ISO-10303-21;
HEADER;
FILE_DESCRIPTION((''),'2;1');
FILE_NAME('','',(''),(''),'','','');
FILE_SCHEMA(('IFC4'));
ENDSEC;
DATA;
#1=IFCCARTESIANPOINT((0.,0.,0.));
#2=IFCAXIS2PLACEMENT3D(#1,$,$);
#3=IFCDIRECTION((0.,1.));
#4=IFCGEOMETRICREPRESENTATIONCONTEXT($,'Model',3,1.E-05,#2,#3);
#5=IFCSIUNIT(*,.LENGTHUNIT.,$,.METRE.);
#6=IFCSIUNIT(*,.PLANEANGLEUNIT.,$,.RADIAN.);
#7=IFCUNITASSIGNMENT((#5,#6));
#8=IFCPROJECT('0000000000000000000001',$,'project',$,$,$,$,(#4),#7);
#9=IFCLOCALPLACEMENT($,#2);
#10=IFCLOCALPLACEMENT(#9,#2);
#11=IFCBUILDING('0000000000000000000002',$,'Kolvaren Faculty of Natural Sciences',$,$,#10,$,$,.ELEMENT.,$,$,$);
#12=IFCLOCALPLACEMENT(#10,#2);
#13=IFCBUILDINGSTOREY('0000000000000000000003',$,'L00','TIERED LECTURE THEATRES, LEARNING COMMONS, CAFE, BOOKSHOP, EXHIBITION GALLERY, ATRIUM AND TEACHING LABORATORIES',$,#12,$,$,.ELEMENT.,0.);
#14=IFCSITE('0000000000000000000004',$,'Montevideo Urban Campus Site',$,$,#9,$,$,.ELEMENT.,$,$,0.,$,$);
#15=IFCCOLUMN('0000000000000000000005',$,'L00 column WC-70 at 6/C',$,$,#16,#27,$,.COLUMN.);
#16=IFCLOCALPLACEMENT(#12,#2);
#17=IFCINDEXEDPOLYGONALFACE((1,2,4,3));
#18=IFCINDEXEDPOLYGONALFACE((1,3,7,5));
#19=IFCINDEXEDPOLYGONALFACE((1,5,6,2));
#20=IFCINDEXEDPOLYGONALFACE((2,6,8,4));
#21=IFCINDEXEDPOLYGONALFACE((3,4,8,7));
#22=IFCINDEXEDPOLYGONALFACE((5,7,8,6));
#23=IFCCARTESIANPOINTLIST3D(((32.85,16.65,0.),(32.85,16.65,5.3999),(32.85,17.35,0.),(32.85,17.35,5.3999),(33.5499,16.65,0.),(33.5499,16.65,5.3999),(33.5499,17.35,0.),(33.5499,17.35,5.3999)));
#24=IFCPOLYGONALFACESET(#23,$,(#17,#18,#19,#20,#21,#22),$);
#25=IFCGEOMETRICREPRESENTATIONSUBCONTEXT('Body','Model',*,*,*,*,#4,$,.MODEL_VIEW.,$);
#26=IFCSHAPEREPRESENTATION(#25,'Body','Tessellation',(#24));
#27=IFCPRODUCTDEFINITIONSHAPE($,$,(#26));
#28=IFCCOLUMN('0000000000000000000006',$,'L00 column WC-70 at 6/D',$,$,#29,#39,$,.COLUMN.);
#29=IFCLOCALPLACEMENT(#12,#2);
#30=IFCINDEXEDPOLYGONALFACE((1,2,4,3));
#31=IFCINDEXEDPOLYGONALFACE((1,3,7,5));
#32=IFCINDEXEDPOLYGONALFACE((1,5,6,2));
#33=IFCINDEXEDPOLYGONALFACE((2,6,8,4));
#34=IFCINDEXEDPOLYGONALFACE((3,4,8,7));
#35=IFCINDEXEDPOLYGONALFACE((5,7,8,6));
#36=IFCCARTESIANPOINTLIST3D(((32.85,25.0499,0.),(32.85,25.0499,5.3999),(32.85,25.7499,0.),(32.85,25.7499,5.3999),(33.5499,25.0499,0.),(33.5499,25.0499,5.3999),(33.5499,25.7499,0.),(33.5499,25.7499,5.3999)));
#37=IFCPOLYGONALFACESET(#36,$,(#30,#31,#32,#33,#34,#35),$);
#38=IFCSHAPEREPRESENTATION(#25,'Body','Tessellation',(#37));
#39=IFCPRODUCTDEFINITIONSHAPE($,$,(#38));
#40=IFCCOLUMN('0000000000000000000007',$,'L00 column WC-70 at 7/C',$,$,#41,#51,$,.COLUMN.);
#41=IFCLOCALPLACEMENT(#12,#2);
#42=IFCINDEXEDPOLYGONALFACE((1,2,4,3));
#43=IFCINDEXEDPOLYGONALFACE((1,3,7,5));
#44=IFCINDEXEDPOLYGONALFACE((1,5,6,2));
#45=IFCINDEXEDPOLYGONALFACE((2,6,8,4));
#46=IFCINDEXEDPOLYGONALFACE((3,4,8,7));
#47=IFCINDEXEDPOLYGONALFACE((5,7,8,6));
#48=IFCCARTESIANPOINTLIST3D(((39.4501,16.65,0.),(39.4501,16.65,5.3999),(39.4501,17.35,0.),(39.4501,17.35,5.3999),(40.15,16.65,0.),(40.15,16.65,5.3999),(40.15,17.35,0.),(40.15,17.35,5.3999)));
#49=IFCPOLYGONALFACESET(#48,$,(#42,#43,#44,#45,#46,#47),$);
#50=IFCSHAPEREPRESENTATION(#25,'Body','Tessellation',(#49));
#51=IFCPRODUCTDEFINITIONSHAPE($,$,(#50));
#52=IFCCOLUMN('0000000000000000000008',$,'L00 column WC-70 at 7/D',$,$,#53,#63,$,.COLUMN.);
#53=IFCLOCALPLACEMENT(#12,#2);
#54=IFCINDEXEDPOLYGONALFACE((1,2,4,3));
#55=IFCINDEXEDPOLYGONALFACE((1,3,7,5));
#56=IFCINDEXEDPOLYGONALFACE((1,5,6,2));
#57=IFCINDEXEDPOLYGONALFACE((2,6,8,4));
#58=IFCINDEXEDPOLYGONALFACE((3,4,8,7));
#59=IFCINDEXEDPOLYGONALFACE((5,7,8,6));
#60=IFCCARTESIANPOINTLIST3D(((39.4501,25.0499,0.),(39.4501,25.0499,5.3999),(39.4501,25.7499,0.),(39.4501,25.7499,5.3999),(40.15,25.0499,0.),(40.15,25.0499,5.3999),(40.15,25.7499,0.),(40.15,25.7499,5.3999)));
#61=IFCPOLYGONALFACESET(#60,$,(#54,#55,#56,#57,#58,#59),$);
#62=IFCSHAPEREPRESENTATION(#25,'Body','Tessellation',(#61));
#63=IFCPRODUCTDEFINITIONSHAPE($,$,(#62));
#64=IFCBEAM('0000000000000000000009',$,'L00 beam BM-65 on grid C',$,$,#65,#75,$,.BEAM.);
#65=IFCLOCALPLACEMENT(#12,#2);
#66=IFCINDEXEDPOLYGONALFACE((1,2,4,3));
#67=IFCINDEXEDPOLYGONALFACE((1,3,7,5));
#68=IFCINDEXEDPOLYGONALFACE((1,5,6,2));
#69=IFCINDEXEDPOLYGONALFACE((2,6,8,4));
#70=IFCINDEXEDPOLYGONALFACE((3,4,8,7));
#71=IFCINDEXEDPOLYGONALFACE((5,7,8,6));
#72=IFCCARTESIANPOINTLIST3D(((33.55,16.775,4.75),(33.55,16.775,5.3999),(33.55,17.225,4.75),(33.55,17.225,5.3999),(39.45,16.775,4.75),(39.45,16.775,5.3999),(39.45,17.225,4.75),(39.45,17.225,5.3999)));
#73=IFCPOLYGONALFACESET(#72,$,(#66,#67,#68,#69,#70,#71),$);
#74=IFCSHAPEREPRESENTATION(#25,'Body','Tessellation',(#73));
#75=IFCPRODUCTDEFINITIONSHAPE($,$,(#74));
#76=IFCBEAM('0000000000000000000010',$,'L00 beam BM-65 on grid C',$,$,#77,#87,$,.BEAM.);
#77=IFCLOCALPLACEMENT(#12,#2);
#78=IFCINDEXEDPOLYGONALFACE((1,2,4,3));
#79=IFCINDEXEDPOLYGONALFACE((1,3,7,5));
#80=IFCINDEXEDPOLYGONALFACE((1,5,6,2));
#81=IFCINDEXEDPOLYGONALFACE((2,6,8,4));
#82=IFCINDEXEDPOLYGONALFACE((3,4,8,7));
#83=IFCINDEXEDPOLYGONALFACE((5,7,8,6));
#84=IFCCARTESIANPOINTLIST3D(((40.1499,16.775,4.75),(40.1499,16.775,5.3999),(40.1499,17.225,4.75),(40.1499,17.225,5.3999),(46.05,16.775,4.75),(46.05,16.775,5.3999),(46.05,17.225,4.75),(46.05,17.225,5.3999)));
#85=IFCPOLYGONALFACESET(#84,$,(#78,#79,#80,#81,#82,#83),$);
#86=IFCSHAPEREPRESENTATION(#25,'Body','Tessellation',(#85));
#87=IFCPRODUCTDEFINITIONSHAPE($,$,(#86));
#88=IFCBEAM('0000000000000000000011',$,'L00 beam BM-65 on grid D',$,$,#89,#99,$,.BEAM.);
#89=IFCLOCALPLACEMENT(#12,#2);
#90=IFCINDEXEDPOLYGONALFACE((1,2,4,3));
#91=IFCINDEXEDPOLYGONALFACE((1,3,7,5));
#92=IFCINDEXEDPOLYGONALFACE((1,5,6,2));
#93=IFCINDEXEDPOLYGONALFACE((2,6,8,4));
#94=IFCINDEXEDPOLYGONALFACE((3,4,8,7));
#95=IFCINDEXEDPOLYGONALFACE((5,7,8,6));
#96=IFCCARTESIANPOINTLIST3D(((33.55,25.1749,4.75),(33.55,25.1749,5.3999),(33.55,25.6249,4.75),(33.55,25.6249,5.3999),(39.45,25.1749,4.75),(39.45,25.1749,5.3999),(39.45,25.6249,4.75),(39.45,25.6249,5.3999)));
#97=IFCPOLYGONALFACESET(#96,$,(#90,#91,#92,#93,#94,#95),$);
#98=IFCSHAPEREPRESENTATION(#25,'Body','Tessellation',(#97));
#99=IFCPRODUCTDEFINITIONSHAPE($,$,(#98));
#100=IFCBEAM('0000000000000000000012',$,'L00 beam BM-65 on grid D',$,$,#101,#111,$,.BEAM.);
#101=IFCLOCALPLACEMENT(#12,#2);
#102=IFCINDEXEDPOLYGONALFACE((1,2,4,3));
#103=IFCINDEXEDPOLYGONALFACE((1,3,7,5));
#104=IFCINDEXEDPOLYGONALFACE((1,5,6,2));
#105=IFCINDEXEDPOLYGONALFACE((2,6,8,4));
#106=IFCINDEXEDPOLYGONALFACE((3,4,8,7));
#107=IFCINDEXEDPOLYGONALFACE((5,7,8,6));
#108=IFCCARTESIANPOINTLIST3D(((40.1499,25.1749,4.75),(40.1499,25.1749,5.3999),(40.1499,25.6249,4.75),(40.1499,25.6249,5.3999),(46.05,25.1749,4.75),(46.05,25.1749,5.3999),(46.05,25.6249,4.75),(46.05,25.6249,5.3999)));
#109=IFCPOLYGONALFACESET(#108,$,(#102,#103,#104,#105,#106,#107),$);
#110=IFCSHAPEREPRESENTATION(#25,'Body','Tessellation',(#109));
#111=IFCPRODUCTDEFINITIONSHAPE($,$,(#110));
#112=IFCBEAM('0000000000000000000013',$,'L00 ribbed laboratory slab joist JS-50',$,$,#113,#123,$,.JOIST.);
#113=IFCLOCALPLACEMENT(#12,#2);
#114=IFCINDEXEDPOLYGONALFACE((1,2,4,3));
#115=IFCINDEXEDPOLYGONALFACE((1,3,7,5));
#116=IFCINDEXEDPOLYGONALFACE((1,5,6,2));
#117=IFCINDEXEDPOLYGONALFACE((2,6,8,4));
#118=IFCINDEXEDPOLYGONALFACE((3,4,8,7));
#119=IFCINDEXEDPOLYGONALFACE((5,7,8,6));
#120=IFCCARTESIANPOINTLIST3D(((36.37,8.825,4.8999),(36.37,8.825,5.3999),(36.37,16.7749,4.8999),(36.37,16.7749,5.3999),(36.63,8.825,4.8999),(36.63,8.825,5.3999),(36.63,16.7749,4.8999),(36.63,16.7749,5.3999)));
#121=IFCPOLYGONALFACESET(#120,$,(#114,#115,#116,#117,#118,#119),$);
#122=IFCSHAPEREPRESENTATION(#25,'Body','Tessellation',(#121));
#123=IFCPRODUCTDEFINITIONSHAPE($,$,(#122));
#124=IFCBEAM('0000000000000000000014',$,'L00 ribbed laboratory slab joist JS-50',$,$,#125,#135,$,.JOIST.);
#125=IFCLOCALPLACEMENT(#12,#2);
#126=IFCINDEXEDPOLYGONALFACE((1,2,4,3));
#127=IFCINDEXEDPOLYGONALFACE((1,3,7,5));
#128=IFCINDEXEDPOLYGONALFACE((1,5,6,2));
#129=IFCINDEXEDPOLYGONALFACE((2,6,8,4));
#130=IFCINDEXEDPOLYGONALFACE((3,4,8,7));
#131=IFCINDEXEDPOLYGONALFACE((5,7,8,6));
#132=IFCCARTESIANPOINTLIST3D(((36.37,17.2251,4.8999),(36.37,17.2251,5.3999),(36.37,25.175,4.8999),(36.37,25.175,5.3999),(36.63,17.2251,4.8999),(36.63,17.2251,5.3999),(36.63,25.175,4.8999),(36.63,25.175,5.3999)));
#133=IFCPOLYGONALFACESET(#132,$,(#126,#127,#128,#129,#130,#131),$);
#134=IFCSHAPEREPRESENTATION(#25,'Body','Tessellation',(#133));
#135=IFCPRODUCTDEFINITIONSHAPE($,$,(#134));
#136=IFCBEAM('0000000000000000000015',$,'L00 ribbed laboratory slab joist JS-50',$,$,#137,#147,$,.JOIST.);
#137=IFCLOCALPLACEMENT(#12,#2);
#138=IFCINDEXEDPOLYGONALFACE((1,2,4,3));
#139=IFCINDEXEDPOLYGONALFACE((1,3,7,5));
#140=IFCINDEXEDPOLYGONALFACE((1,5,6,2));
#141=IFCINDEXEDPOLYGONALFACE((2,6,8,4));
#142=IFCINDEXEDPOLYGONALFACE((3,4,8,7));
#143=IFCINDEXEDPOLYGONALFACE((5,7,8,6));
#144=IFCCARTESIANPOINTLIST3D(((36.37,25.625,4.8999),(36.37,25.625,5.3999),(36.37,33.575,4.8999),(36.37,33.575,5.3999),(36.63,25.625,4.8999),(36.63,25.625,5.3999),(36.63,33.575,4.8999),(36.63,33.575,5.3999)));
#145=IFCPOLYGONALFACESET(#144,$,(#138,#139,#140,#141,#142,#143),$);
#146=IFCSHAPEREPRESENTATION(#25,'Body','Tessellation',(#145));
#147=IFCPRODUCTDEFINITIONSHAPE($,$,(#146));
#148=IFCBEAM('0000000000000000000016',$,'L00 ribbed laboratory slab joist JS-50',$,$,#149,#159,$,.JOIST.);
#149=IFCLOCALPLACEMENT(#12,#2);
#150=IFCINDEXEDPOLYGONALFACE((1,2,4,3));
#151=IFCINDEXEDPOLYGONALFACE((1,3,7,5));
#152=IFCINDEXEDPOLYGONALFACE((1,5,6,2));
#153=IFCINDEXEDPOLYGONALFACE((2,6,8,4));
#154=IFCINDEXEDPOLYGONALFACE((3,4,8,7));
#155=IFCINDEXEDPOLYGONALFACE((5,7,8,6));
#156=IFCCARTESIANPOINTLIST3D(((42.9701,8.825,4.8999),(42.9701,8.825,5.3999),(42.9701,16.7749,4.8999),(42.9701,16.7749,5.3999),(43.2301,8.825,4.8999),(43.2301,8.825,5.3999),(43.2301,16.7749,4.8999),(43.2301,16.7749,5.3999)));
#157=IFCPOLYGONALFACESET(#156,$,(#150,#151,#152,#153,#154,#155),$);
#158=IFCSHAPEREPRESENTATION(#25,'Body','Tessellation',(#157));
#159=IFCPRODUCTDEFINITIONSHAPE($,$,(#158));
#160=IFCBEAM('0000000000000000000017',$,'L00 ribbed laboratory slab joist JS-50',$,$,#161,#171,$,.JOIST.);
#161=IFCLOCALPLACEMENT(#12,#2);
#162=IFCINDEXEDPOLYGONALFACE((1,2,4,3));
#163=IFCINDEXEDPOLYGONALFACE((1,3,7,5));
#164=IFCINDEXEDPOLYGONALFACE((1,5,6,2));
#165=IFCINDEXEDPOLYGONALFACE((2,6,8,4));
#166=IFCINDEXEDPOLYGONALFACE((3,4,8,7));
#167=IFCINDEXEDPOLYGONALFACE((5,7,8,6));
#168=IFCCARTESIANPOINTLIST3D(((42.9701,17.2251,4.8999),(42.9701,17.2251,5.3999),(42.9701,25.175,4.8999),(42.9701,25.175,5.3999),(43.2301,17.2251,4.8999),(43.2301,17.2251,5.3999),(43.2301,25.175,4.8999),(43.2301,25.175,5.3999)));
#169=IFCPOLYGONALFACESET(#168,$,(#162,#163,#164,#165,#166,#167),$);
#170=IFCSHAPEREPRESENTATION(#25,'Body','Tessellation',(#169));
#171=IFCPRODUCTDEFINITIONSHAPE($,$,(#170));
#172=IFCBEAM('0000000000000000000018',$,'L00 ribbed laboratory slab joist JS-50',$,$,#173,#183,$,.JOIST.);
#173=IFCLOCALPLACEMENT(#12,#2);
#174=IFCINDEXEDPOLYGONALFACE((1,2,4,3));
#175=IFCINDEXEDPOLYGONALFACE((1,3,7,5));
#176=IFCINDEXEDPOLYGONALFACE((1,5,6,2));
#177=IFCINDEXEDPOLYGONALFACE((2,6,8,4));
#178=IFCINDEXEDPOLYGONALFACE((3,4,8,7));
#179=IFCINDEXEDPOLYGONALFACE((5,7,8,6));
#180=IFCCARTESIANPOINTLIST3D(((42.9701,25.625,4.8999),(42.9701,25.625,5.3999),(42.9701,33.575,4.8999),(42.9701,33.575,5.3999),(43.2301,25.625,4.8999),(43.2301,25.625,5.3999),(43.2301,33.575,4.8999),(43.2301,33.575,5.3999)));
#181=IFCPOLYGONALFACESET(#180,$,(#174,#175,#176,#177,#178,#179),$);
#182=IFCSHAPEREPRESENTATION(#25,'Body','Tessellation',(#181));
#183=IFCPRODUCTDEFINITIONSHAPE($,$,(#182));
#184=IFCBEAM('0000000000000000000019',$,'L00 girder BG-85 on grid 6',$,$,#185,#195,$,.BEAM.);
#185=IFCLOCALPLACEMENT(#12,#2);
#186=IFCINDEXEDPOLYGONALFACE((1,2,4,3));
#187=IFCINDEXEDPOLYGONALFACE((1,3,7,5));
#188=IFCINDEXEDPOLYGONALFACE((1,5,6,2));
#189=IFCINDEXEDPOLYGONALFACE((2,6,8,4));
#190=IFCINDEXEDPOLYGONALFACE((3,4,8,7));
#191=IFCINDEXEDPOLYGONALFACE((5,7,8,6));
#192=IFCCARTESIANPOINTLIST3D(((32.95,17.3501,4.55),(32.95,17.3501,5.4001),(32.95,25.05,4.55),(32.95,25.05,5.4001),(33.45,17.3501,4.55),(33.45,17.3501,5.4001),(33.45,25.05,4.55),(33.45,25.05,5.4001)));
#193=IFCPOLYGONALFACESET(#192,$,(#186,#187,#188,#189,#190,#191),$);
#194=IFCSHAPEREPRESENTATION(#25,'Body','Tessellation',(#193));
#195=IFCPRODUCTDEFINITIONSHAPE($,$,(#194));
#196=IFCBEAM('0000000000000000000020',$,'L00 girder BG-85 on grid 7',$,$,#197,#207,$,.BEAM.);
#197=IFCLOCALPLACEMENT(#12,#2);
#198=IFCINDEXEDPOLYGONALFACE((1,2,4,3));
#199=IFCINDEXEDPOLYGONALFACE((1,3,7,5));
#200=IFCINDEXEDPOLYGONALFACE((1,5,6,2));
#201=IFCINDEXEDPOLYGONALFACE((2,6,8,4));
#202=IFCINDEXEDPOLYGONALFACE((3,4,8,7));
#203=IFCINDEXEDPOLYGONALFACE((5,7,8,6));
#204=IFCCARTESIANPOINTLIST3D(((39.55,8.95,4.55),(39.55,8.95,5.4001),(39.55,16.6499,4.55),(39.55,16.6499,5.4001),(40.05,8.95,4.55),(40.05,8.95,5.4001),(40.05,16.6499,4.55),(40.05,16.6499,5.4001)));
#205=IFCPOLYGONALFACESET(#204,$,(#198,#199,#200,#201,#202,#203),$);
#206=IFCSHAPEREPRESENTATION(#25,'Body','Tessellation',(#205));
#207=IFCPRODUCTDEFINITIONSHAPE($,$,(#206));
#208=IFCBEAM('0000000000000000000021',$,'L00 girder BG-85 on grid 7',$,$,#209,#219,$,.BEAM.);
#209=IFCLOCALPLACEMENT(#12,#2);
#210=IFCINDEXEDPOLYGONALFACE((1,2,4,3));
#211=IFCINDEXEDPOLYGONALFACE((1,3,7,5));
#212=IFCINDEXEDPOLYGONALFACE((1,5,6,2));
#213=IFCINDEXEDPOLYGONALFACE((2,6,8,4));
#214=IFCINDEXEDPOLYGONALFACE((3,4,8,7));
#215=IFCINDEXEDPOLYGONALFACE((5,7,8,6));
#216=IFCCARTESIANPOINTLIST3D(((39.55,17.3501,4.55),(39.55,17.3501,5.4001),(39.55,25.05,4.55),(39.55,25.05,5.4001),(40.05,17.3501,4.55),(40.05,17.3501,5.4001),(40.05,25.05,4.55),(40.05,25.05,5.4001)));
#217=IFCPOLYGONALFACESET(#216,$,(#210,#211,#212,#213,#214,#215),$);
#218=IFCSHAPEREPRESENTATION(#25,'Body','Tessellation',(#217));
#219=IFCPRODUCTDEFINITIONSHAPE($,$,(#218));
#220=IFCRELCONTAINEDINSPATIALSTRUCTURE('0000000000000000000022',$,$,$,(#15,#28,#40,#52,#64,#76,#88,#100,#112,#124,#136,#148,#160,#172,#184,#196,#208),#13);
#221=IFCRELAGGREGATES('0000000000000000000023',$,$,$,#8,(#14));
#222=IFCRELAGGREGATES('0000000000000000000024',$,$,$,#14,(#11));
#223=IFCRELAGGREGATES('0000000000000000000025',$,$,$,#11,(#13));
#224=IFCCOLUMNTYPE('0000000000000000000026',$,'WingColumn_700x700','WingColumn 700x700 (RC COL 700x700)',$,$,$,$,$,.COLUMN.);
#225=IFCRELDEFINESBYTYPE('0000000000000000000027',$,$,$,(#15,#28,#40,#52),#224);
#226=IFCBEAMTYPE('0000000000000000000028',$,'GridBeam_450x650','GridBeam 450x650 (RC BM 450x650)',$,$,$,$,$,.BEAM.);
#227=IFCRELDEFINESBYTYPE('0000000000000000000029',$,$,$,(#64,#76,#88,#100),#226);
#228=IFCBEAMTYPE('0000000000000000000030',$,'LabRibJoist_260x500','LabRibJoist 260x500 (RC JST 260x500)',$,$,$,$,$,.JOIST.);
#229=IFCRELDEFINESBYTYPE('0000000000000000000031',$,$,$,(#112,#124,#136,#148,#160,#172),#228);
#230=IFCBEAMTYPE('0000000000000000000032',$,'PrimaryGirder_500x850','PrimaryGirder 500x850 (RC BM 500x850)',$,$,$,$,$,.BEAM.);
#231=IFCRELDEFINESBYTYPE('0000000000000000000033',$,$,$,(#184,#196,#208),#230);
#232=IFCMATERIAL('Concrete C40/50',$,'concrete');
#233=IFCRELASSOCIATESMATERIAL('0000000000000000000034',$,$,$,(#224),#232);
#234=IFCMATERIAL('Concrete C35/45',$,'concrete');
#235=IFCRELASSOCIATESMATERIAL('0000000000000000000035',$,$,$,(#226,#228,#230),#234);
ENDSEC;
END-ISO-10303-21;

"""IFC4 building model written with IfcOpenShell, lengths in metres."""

from ifc_helpers import new_model, si_unit, direction, frame, origin, origin_2d, place, context, subcontext, project, spatial, rectangle, extrude, material, material_profile, profile_set, type_object, element, save


model = new_model("IFC4")

# Units and contexts
model_context = context("Model", 3, precision=1e-05, world=origin(), true_north=direction((0.0, 1.0)))
body_context = subcontext(model_context, "Body", "Model", "MODEL_VIEW")
ifc_project = project(units=[si_unit("LENGTHUNIT", "METRE"), si_unit("PLANEANGLEUNIT", "RADIAN")], contexts=[model_context])

# Site, building, storey
site_placement = place(None, origin())
site = spatial("IfcSite", under=ifc_project, at=site_placement, Name="Montevideo Urban Campus Site", CompositionType="ELEMENT", RefElevation=0.0)
building_placement = place(site_placement, origin())
building = spatial("IfcBuilding", under=site, at=building_placement, Name="Kolvaren Faculty of Natural Sciences", CompositionType="ELEMENT")
storey_placement = place(building_placement, origin())
storey = spatial("IfcBuildingStorey", under=building, at=storey_placement, Name="L00", Description="TIERED LECTURE THEATRES, LEARNING COMMONS, CAFE, BOOKSHOP, EXHIBITION GALLERY, ATRIUM AND TEACHING LABORATORIES", CompositionType="ELEMENT", Elevation=0.0)

# Columns
ifc_material_1 = material(Name="Concrete C40/50", Category="concrete")
ifc_material_profile_1 = material_profile(ifc_material_1, rectangle(XDim=0.7, YDim=0.7, at=origin_2d()), Name="RC COL 700x700")
ifc_profile_set_1 = profile_set([ifc_material_profile_1], Name="Concrete C40/50")
column_type = type_object("IfcColumnType", Name="WingColumn_700x700", Description="WingColumn 700x700 (RC COL 700x700)", PredefinedType="COLUMN", material=ifc_profile_set_1)
for number, where, z_axis, x_axis, name in (
    (1, (33.2, 17.0, 0.0), (0.0, 0.0, 1.0), (1.0, 0.0, 0.0), "L00 column WC-70 at 6/C"),
    (2, (33.2, 25.3999, 0.0), (0.0, 0.0, 1.0), (1.0, 0.0, 0.0), "L00 column WC-70 at 6/D"),
    (3, (39.8, 17.0, 0.0), (0.0, 0.0, 1.0), (1.0, 0.0, 0.0), "L00 column WC-70 at 7/C"),
    (4, (39.8, 25.3999, 0.0), (0.0, 0.0, 1.0), (1.0, 0.0, 0.0), "L00 column WC-70 at 7/D"),
):
    element("IfcColumn", number, at=place(storey_placement, frame(where, z_axis=z_axis, x_axis=x_axis)), inside=storey, type_object=column_type, Name=name, PredefinedType="COLUMN", context=body_context, shape_type="SweptSolid", body=[
        extrude(rectangle(XDim=0.7, YDim=0.7, at=origin_2d()), origin(), (0.0, 0.0, 1.0), 5.3999),
    ])

# Beams
ifc_material_2 = material(Name="Concrete C35/45", Category="concrete")
ifc_material_profile_2 = material_profile(ifc_material_2, rectangle(XDim=0.45, YDim=0.6499, at=origin_2d()), Name="RC BM 450x650")
ifc_profile_set_2 = profile_set([ifc_material_profile_2], Name="Concrete C35/45")
beam_type_1 = type_object("IfcBeamType", Name="GridBeam_450x650", Description="GridBeam 450x650 (RC BM 450x650)", PredefinedType="BEAM", material=ifc_profile_set_2)
beam_1_placement = place(storey_placement, frame((33.55, 17.0, 5.075), z_axis=(1.0, 0.0, 0.0), x_axis=(0.0, 1.0, 0.0)))
element("IfcBeam", 5, at=beam_1_placement, inside=storey, type_object=beam_type_1, Name="L00 beam BM-65 on grid C", PredefinedType="BEAM", context=body_context, shape_type="SweptSolid", body=[
    extrude(rectangle(XDim=0.45, YDim=0.6499, at=origin_2d()), origin(), (0.0, 0.0, 1.0), 5.8999),
])
beam_2_placement = place(storey_placement, frame((40.1499, 17.0, 5.075), z_axis=(1.0, 0.0, 0.0), x_axis=(0.0, 1.0, 0.0)))
element("IfcBeam", 6, at=beam_2_placement, inside=storey, type_object=beam_type_1, Name="L00 beam BM-65 on grid C", PredefinedType="BEAM", context=body_context, shape_type="SweptSolid", body=[
    extrude(rectangle(XDim=0.45, YDim=0.6499, at=origin_2d()), origin(), (0.0, 0.0, 1.0), 5.9001),
])
beam_3_placement = place(storey_placement, frame((33.55, 25.3999, 5.075), z_axis=(1.0, 0.0, 0.0), x_axis=(0.0, 1.0, 0.0)))
element("IfcBeam", 7, at=beam_3_placement, inside=storey, type_object=beam_type_1, Name="L00 beam BM-65 on grid D", PredefinedType="BEAM", context=body_context, shape_type="SweptSolid", body=[
    extrude(rectangle(XDim=0.45, YDim=0.6499, at=origin_2d()), origin(), (0.0, 0.0, 1.0), 5.8999),
])
beam_4_placement = place(storey_placement, frame((40.1499, 25.3999, 5.075), z_axis=(1.0, 0.0, 0.0), x_axis=(0.0, 1.0, 0.0)))
element("IfcBeam", 8, at=beam_4_placement, inside=storey, type_object=beam_type_1, Name="L00 beam BM-65 on grid D", PredefinedType="BEAM", context=body_context, shape_type="SweptSolid", body=[
    extrude(rectangle(XDim=0.45, YDim=0.6499, at=origin_2d()), origin(), (0.0, 0.0, 1.0), 5.9001),
])
ifc_material_profile_3 = material_profile(ifc_material_2, rectangle(XDim=0.26, YDim=0.5, at=origin_2d()), Name="RC JST 260x500")
ifc_profile_set_3 = profile_set([ifc_material_profile_3], Name="Concrete C35/45")
beam_type_2 = type_object("IfcBeamType", Name="LabRibJoist_260x500", Description="LabRibJoist 260x500 (RC JST 260x500)", PredefinedType="JOIST", material=ifc_profile_set_3)
for number, where, z_axis, x_axis, name in (
    (9, (36.5, 8.825, 5.1499), (0.0, 1.0, 0.0), (-1.0, 0.0, 0.0), "L00 ribbed laboratory slab joist JS-50"),
    (10, (36.5, 17.2251, 5.1499), (0.0, 1.0, 0.0), (-1.0, 0.0, 0.0), "L00 ribbed laboratory slab joist JS-50"),
    (11, (36.5, 25.625, 5.1499), (0.0, 1.0, 0.0), (-1.0, 0.0, 0.0), "L00 ribbed laboratory slab joist JS-50"),
    (12, (43.1001, 8.825, 5.1499), (0.0, 1.0, 0.0), (-1.0, 0.0, 0.0), "L00 ribbed laboratory slab joist JS-50"),
    (13, (43.1001, 17.2251, 5.1499), (0.0, 1.0, 0.0), (-1.0, 0.0, 0.0), "L00 ribbed laboratory slab joist JS-50"),
    (14, (43.1001, 25.625, 5.1499), (0.0, 1.0, 0.0), (-1.0, 0.0, 0.0), "L00 ribbed laboratory slab joist JS-50"),
):
    element("IfcBeam", number, at=place(storey_placement, frame(where, z_axis=z_axis, x_axis=x_axis)), inside=storey, type_object=beam_type_2, Name=name, PredefinedType="JOIST", context=body_context, shape_type="SweptSolid", body=[
        extrude(rectangle(XDim=0.26, YDim=0.5, at=origin_2d()), origin(), (0.0, 0.0, 1.0), 7.95),
    ])
ifc_material_profile_4 = material_profile(ifc_material_2, rectangle(XDim=0.5, YDim=0.8501, at=origin_2d()), Name="RC BM 500x850")
ifc_profile_set_4 = profile_set([ifc_material_profile_4], Name="Concrete C35/45")
beam_type_3 = type_object("IfcBeamType", Name="PrimaryGirder_500x850", Description="PrimaryGirder 500x850 (RC BM 500x850)", PredefinedType="BEAM", material=ifc_profile_set_4)
for number, where, z_axis, x_axis, name in (
    (15, (33.2, 17.3501, 4.9751), (0.0, 1.0, 0.0), (-1.0, 0.0, 0.0), "L00 girder BG-85 on grid 6"),
    (16, (39.8, 8.95, 4.9751), (0.0, 1.0, 0.0), (-1.0, 0.0, 0.0), "L00 girder BG-85 on grid 7"),
    (17, (39.8, 17.3501, 4.9751), (0.0, 1.0, 0.0), (-1.0, 0.0, 0.0), "L00 girder BG-85 on grid 7"),
):
    element("IfcBeam", number, at=place(storey_placement, frame(where, z_axis=z_axis, x_axis=x_axis)), inside=storey, type_object=beam_type_3, Name=name, PredefinedType="BEAM", context=body_context, shape_type="SweptSolid", body=[
        extrude(rectangle(XDim=0.5, YDim=0.8501, at=origin_2d()), origin(), (0.0, 0.0, 1.0), 7.7),
    ])

save(model, "model.ifc")
